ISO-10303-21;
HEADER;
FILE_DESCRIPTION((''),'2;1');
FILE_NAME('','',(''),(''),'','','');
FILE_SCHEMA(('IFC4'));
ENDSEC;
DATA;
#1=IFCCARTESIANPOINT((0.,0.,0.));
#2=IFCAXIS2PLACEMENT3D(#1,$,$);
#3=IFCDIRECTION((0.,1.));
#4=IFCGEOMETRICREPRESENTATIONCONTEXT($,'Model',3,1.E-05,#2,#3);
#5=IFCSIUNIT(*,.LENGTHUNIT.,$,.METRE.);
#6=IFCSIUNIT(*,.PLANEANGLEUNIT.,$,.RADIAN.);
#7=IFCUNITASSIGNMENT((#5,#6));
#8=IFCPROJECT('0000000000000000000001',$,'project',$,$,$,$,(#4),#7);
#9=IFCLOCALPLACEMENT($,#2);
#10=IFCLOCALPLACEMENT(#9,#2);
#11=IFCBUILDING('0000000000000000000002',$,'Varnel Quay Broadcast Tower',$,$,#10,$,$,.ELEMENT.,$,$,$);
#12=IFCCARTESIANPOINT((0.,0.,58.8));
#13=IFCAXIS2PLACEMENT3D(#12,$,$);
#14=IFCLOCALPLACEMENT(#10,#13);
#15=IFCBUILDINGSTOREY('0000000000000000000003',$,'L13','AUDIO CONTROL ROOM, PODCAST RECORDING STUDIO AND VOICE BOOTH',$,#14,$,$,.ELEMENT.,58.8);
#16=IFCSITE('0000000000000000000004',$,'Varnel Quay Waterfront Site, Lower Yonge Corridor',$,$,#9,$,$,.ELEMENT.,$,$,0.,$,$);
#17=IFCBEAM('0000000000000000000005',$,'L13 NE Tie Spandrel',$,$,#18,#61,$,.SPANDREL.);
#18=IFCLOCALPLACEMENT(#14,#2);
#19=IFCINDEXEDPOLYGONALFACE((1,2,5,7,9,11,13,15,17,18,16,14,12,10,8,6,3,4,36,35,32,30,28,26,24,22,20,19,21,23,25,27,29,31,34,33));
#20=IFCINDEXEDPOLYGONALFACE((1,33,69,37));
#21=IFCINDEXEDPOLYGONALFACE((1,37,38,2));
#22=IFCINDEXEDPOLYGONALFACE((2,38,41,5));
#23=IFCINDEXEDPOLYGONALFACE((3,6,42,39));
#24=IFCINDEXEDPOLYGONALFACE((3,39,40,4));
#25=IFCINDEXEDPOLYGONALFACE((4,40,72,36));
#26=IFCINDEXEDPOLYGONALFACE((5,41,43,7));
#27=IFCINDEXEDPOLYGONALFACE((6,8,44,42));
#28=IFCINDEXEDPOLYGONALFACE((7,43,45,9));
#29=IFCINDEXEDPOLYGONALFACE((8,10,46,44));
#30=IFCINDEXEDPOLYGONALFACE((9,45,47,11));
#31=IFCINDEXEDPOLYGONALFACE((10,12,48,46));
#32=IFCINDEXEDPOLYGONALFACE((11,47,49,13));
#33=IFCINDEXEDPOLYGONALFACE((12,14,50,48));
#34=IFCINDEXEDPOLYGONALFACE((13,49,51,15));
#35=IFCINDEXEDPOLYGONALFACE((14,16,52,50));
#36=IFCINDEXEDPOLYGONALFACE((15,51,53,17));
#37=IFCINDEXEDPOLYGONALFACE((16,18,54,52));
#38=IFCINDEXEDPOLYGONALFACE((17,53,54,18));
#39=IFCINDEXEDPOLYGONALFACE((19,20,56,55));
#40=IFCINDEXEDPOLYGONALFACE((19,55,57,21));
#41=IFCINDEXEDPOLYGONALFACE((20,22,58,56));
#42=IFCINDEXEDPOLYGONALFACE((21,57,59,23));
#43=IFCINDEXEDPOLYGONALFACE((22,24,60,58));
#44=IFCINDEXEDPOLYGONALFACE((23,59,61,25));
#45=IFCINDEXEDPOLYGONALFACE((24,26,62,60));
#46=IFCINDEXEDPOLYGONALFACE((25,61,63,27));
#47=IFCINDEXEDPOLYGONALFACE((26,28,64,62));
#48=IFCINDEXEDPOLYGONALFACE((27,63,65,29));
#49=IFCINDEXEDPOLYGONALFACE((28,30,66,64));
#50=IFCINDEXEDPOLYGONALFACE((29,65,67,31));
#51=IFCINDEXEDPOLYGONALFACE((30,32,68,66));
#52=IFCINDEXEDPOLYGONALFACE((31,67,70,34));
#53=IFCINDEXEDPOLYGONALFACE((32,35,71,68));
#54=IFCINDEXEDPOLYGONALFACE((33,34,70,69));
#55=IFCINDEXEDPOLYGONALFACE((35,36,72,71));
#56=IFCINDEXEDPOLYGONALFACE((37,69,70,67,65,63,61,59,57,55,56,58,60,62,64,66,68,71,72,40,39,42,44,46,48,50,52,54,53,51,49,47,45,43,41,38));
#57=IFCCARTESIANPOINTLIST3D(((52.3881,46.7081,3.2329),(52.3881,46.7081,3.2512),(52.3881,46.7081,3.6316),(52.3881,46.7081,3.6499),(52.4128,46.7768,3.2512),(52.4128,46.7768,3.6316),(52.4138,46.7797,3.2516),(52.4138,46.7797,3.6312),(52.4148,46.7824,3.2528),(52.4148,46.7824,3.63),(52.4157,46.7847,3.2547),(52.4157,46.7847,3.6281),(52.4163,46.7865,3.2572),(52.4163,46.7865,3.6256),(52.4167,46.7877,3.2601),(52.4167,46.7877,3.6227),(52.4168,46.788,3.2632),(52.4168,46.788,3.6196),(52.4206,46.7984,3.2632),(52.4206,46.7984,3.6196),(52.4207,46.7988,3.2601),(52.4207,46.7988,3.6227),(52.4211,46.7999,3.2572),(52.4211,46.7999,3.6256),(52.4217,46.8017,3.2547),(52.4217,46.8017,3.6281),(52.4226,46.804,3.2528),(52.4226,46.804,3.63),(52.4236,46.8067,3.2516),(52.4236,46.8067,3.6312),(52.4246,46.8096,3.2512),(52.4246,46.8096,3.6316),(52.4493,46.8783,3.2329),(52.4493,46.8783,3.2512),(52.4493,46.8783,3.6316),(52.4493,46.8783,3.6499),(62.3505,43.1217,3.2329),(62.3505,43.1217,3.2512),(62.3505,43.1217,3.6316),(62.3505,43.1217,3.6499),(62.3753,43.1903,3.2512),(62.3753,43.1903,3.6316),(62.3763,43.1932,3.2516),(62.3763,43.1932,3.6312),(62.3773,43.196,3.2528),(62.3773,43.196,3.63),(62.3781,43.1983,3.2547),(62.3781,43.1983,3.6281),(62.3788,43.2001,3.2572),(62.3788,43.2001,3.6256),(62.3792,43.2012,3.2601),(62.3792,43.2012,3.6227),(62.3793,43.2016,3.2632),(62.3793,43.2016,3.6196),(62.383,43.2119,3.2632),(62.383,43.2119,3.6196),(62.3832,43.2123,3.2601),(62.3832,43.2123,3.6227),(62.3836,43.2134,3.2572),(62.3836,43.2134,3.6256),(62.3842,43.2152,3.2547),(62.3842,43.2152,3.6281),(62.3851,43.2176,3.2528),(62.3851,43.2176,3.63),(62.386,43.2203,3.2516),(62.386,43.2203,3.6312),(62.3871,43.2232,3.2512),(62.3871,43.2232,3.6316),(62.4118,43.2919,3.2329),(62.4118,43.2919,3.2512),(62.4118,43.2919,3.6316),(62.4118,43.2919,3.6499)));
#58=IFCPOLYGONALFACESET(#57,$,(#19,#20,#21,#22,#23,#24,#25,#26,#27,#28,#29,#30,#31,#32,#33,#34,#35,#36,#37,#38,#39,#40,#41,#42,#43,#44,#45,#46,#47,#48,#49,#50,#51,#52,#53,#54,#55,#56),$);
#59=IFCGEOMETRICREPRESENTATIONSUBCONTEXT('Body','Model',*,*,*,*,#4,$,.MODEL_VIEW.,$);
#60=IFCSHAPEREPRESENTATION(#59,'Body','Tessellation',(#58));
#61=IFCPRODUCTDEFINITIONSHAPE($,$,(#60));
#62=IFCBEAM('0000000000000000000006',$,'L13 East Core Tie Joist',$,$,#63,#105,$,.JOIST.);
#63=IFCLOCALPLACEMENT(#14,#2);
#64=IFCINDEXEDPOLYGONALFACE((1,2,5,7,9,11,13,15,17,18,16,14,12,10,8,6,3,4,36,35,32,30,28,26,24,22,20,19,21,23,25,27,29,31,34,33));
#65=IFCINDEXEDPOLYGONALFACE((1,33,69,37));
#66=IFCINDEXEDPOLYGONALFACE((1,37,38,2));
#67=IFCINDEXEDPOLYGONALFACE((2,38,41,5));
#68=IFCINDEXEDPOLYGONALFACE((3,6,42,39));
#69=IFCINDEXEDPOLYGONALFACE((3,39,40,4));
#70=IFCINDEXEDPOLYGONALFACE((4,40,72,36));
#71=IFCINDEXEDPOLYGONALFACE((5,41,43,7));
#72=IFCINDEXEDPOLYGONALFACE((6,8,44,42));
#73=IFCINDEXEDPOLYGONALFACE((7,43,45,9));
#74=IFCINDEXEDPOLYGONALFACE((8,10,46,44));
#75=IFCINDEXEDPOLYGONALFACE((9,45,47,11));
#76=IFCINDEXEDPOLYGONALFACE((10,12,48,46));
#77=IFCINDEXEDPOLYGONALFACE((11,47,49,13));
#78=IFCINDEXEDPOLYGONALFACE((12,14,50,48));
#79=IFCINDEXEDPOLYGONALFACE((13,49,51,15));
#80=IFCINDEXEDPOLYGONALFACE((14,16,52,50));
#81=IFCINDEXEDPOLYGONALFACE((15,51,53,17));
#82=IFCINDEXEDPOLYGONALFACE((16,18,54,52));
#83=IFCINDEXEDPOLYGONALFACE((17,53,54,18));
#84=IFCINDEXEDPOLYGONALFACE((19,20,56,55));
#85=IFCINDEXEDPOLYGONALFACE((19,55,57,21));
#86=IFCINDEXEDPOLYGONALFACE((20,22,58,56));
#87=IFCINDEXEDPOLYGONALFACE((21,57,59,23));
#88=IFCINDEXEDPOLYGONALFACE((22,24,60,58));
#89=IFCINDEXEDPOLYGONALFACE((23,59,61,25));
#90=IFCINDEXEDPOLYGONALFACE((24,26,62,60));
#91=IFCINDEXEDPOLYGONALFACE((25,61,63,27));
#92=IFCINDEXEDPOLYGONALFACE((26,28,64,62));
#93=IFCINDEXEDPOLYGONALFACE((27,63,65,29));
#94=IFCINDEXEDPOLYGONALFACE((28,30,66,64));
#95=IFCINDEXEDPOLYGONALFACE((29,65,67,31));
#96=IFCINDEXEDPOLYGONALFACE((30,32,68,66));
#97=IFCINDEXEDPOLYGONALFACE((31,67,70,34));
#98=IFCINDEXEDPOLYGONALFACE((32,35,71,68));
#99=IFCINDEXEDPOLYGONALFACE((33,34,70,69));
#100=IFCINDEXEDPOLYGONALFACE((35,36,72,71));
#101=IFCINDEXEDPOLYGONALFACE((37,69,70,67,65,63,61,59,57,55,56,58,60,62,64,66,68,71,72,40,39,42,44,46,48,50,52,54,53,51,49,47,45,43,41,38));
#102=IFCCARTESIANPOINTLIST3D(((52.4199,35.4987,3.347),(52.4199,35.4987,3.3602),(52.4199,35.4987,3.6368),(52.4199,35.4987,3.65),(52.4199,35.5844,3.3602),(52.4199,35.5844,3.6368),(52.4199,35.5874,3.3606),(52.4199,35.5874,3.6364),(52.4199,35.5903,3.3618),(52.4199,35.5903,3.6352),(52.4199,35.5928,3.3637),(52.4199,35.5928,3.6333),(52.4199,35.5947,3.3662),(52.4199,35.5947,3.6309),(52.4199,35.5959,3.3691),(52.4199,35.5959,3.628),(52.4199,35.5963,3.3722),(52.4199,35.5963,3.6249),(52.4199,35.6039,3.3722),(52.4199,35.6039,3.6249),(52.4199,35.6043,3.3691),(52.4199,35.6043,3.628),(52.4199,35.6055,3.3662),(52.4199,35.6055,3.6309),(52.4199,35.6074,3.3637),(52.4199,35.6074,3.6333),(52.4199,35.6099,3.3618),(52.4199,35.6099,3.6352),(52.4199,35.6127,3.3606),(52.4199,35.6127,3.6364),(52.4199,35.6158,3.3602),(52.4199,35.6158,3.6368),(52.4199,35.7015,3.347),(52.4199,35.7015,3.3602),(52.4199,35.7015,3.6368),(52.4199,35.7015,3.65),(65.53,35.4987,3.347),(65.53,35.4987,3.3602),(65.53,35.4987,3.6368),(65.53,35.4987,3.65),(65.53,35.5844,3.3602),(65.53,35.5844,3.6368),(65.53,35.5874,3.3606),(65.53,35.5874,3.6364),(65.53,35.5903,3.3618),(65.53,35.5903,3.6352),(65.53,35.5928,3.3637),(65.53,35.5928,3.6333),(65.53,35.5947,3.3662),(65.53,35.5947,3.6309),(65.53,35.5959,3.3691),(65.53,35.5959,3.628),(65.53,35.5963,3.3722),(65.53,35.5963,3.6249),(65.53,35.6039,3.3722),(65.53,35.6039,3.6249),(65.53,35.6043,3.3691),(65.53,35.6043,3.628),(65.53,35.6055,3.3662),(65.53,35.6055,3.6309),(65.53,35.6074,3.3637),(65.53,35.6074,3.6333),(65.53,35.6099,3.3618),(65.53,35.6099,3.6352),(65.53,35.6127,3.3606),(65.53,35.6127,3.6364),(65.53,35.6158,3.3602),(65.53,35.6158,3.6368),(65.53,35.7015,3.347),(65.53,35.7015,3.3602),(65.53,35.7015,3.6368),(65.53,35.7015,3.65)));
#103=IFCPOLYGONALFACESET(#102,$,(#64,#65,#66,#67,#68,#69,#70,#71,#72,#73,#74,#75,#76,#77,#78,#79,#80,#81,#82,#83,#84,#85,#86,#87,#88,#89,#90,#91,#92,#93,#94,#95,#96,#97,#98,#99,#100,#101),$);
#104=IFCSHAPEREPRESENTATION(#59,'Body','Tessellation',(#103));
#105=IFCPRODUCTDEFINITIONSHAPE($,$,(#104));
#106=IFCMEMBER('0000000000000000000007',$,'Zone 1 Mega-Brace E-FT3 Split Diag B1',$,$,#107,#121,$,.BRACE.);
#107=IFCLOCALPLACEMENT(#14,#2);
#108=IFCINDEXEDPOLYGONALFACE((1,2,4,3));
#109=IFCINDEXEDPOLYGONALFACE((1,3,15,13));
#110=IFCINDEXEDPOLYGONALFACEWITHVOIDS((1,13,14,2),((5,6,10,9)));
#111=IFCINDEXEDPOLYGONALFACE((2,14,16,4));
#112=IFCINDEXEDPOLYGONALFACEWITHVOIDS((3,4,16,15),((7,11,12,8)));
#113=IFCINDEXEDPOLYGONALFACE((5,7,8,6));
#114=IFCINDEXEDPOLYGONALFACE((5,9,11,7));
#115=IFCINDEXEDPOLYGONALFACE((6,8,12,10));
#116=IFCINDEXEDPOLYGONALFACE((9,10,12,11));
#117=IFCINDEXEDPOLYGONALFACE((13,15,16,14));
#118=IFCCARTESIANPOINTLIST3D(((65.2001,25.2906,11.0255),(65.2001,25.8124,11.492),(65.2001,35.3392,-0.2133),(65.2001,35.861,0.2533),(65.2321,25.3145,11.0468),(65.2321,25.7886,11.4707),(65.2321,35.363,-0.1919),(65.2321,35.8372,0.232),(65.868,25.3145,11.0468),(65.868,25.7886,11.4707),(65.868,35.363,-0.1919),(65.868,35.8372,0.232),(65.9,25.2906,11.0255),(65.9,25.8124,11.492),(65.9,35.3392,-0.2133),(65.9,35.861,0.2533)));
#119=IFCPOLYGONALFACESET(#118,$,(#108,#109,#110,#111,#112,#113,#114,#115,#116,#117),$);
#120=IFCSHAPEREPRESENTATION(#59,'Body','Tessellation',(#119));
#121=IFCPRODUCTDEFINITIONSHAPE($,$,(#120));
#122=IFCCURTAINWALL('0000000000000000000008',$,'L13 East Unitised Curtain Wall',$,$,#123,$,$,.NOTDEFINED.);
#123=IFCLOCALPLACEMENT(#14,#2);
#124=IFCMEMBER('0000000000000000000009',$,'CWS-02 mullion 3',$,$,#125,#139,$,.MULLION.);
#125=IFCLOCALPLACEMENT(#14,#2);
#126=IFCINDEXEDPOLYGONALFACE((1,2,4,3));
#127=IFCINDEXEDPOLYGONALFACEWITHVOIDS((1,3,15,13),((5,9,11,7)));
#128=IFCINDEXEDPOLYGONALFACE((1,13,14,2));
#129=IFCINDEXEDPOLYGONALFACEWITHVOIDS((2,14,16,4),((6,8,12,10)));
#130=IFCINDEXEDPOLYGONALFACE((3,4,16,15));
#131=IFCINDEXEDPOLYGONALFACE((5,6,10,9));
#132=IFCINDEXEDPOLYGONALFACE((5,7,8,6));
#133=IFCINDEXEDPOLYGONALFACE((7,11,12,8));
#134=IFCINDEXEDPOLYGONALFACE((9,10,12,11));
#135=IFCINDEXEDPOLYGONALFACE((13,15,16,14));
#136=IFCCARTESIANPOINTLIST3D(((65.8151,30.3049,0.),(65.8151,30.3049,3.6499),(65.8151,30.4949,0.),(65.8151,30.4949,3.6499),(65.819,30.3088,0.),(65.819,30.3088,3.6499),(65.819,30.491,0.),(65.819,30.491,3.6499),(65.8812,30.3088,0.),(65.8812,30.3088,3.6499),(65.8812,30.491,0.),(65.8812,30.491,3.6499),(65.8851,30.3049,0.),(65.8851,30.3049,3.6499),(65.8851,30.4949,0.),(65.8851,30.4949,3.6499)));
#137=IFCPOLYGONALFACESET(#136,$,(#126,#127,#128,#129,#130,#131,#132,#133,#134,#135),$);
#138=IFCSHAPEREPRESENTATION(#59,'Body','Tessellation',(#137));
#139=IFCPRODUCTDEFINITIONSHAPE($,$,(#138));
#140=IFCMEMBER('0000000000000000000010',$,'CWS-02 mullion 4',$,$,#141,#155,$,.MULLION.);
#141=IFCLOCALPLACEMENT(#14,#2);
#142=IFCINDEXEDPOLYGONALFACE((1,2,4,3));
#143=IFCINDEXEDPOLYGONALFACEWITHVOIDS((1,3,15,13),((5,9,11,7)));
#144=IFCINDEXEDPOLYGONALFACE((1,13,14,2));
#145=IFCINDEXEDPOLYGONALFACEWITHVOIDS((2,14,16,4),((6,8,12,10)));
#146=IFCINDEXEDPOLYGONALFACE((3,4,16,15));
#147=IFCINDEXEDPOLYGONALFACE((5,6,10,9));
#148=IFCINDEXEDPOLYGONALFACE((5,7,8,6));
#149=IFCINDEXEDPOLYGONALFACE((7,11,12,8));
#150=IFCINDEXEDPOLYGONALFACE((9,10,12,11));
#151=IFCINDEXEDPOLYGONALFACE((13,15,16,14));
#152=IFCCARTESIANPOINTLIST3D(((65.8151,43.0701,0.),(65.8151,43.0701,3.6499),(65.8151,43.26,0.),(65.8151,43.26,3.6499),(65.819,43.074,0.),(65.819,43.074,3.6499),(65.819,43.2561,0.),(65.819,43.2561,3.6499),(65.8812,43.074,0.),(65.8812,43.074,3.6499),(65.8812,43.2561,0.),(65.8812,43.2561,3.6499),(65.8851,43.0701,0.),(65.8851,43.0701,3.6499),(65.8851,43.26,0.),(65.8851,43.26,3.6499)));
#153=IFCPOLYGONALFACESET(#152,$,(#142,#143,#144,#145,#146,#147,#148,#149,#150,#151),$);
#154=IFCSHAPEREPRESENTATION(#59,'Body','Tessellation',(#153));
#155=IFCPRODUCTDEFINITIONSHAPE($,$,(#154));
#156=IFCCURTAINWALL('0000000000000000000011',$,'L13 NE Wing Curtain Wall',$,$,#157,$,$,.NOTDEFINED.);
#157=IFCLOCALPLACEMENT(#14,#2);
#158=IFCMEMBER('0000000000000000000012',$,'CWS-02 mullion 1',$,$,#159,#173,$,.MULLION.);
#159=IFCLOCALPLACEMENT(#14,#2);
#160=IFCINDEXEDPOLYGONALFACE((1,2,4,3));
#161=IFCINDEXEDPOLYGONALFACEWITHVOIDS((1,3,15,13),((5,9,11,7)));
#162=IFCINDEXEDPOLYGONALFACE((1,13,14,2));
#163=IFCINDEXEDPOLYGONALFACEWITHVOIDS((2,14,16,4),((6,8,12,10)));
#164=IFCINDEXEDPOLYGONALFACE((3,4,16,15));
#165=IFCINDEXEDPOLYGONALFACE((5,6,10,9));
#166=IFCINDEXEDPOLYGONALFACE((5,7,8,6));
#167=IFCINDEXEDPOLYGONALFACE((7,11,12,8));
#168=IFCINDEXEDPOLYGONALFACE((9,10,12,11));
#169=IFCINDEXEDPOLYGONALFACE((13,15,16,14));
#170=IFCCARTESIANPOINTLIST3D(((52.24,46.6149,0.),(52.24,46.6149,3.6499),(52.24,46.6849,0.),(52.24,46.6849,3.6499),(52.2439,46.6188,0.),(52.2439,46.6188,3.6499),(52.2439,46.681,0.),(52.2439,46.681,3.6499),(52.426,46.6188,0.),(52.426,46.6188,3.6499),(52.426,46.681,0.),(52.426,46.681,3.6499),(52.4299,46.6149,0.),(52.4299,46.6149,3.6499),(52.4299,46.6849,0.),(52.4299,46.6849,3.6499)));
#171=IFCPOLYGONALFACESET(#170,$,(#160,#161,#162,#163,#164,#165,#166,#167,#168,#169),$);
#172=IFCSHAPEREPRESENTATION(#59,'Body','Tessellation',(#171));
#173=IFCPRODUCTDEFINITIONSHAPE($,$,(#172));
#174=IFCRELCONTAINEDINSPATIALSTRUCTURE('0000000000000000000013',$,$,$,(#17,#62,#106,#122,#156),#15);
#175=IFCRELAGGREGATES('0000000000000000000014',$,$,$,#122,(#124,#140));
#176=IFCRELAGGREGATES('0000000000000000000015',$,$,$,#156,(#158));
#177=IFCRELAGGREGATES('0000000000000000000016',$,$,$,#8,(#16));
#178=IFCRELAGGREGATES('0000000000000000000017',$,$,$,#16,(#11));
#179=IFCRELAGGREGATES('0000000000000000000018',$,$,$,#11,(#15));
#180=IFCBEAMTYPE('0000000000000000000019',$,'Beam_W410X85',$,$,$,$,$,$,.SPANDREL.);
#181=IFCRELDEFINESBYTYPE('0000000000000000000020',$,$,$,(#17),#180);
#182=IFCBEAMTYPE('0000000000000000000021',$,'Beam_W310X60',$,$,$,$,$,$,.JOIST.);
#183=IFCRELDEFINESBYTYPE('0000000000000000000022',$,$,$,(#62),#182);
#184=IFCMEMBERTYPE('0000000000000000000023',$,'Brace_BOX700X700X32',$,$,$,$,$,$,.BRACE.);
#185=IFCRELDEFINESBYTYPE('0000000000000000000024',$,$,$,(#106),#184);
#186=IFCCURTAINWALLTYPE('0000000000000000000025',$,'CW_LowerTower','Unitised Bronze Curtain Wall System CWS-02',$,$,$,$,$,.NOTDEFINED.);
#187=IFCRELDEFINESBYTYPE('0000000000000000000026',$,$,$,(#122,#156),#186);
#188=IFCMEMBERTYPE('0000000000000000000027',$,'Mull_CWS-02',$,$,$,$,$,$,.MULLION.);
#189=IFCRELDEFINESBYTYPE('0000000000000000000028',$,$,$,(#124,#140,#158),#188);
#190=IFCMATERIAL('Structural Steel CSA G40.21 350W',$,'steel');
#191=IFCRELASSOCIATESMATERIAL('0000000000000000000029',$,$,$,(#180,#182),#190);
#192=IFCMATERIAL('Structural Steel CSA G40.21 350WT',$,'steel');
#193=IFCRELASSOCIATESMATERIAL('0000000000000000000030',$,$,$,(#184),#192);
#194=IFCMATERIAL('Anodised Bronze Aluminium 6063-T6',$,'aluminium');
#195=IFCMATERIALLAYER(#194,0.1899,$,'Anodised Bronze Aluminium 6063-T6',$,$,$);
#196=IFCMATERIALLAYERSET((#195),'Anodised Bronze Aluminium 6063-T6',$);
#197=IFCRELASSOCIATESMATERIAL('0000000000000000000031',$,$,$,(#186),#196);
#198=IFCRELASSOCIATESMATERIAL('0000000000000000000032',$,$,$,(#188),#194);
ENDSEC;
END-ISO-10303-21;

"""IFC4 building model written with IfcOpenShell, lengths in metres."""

from ifc_helpers import new_model, si_unit, direction, frame, origin, origin_2d, place, context, subcontext, project, spatial, hollow_rectangle, i_section, extrude, source, transform, mapped, material, layer, layer_set, material_profile, profile_set, type_object, type_shapes, element, aggregate, save


model = new_model("IFC4")

# Units and contexts
model_context = context("Model", 3, precision=1e-05, world=origin(), true_north=direction((0.0, 1.0)))
body_context = subcontext(model_context, "Body", "Model", "MODEL_VIEW")
ifc_project = project(units=[si_unit("LENGTHUNIT", "METRE"), si_unit("PLANEANGLEUNIT", "RADIAN")], contexts=[model_context])

# Site, building, storey
site_placement = place(None, origin())
site = spatial("IfcSite", under=ifc_project, at=site_placement, Name="Varnel Quay Waterfront Site, Lower Yonge Corridor", CompositionType="ELEMENT", RefElevation=0.0)
building_placement = place(site_placement, origin())
building = spatial("IfcBuilding", under=site, at=building_placement, Name="Varnel Quay Broadcast Tower", CompositionType="ELEMENT")
storey_placement = place(building_placement, frame((0.0, 0.0, 58.8)))
storey = spatial("IfcBuildingStorey", under=building, at=storey_placement, Name="L13", Description="AUDIO CONTROL ROOM, PODCAST RECORDING STUDIO AND VOICE BOOTH", CompositionType="ELEMENT", Elevation=58.8)

# Shared definitions
ifc_material_1 = material(Name="Structural Steel CSA G40.21 350WT", Category="steel")
ifc_material_2 = material(Name="Structural Steel CSA G40.21 350W", Category="steel")

# Beams
ifc_material_profile_1 = material_profile(ifc_material_2, i_section(OverallWidth=0.1809, OverallDepth=0.417, WebThickness=0.011, FlangeThickness=0.0183, FilletRadius=0.012, at=origin_2d()), Name="W410X85")
ifc_profile_set_1 = profile_set([ifc_material_profile_1], Name="Structural Steel CSA G40.21 350W")
beam_type_1 = type_object("IfcBeamType", Name="Beam_W410X85", PredefinedType="SPANDREL", material=ifc_profile_set_1)
shared_shape_1 = source(origin(), body_context, "Body", "SweptSolid", [
    extrude(i_section(OverallWidth=0.1809, OverallDepth=0.417, WebThickness=0.011, FlangeThickness=0.0183, FilletRadius=0.012, at=origin_2d()), origin(), (0.0, 0.0, 1.0), 10.5884),
])
beam_1_placement = place(storey_placement, frame((52.4187, 46.7932, 3.4414), z_axis=(0.940889, -0.338716, 0.0), x_axis=(0.338716, 0.940889, 0.0)))
element("IfcBeam", 1, at=beam_1_placement, inside=storey, type_object=beam_type_1, Name="L13 NE Tie Spandrel", PredefinedType="SPANDREL", context=body_context, shape_type="MappedRepresentation", body=[
    mapped(shared_shape_1, transform((0.0, 0.0, 0.0), x_axis=(1.0, 0.0, 0.0), y_axis=(0.0, 1.0, 0.0), z_axis=(0.0, 0.0, 1.0), scale=1.0)),
])
ifc_material_profile_2 = material_profile(ifc_material_2, i_section(OverallWidth=0.2029, OverallDepth=0.303, WebThickness=0.0076, FlangeThickness=0.0132, FilletRadius=0.012, at=origin_2d()), Name="W310X60")
ifc_profile_set_2 = profile_set([ifc_material_profile_2], Name="Structural Steel CSA G40.21 350W")
beam_type_2 = type_object("IfcBeamType", Name="Beam_W310X60", PredefinedType="JOIST", material=ifc_profile_set_2)
shared_shape_2 = source(origin(), body_context, "Body", "SweptSolid", [
    extrude(i_section(OverallWidth=0.2029, OverallDepth=0.303, WebThickness=0.0076, FlangeThickness=0.0132, FilletRadius=0.012, at=origin_2d()), origin(), (0.0, 0.0, 1.0), 13.1101),
])
type_shapes(beam_type_2, [shared_shape_2])
beam_2_placement = place(storey_placement, frame((52.4199, 35.6001, 3.4985), z_axis=(1.0, 0.0, 0.0), x_axis=(0.0, 1.0, 0.0)))
element("IfcBeam", 2, at=beam_2_placement, inside=storey, type_object=beam_type_2, Name="L13 East Core Tie Joist", PredefinedType="JOIST", context=body_context, shape_type="MappedRepresentation", body=[
    mapped(shared_shape_2, transform((0.0, 0.0, 0.0), x_axis=(1.0, 0.0, 0.0), y_axis=(0.0, 1.0, 0.0), z_axis=(0.0, 0.0, 1.0), scale=1.0)),
])

# Member
ifc_material_profile_3 = material_profile(ifc_material_1, hollow_rectangle(XDim=0.7, YDim=0.7, WallThickness=0.032, at=origin_2d()), Name="BOX700X700X32")
ifc_profile_set_3 = profile_set([ifc_material_profile_3], Name="Structural Steel CSA G40.21 350WT")
member_type_1 = type_object("IfcMemberType", Name="Brace_BOX700X700X32", PredefinedType="BRACE", material=ifc_profile_set_3)
shared_shape_3 = source(origin(), body_context, "Body", "SweptSolid", [
    extrude(hollow_rectangle(XDim=0.7, YDim=0.7, WallThickness=0.032, at=origin_2d()), origin(), (0.0, 0.0, 1.0), 15.0759),
])
type_shapes(member_type_1, [shared_shape_3])
member_1_placement = place(storey_placement, frame((65.55, 35.6001, 0.02), z_axis=(0.0, -0.666531, 0.745477), x_axis=(1.0, 0.0, 0.0)))
element("IfcMember", 3, at=member_1_placement, inside=storey, type_object=member_type_1, Name="Zone 1 Mega-Brace E-FT3 Split Diag B1", PredefinedType="BRACE", context=body_context, shape_type="MappedRepresentation", body=[
    mapped(shared_shape_3, transform((0.0, 0.0, 0.0), x_axis=(1.0, 0.0, 0.0), y_axis=(0.0, 1.0, 0.0), z_axis=(0.0, 0.0, 1.0), scale=1.0)),
])

# Curtain walls, members
ifc_material_3 = material(Name="Anodised Bronze Aluminium 6063-T6", Category="aluminium")
ifc_layer_1 = layer(ifc_material_3, 0.1899, Name="Anodised Bronze Aluminium 6063-T6")
ifc_layer_set_1 = layer_set([ifc_layer_1], Name="Anodised Bronze Aluminium 6063-T6")
curtain_wall_type = type_object("IfcCurtainWallType", Name="CW_LowerTower", Description="Unitised Bronze Curtain Wall System CWS-02", PredefinedType="NOTDEFINED", material=ifc_layer_set_1)
curtain_wall_1_placement = place(storey_placement, origin())
curtain_wall_1 = element("IfcCurtainWall", 4, at=curtain_wall_1_placement, inside=storey, type_object=curtain_wall_type, Name="L13 East Unitised Curtain Wall", PredefinedType="NOTDEFINED")
ifc_material_profile_4 = material_profile(ifc_material_3, hollow_rectangle(XDim=0.0701, YDim=0.1899, WallThickness=0.0039, at=origin_2d()), Name="ALU70X190X4")
ifc_profile_set_4 = profile_set([ifc_material_profile_4], Name="Anodised Bronze Aluminium 6063-T6")
member_type_2 = type_object("IfcMemberType", Name="Mull_CWS-02", PredefinedType="MULLION", material=ifc_profile_set_4)
shared_shape_4 = source(origin(), body_context, "Body", "SweptSolid", [
    extrude(hollow_rectangle(XDim=0.0701, YDim=0.1899, WallThickness=0.0039, at=origin_2d()), origin(), (0.0, 0.0, 1.0), 3.6499),
])
type_shapes(member_type_2, [shared_shape_4])
member_2_placement = place(storey_placement, frame((65.8501, 30.3999, 0.0), z_axis=(0.0, 0.0, 1.0), x_axis=(-1.0, 0.0, 0.0)))
member_2 = element("IfcMember", 5, at=member_2_placement, type_object=member_type_2, Name="CWS-02 mullion 3", PredefinedType="MULLION", context=body_context, shape_type="MappedRepresentation", body=[
    mapped(shared_shape_4, transform((0.0, 0.0, 0.0), x_axis=(1.0, 0.0, 0.0), y_axis=(0.0, 1.0, 0.0), z_axis=(0.0, 0.0, 1.0), scale=1.0)),
])
member_3_placement = place(storey_placement, frame((65.8501, 43.165, 0.0), z_axis=(0.0, 0.0, 1.0), x_axis=(-1.0, 0.0, 0.0)))
member_3 = element("IfcMember", 6, at=member_3_placement, type_object=member_type_2, Name="CWS-02 mullion 4", PredefinedType="MULLION", context=body_context, shape_type="MappedRepresentation", body=[
    mapped(shared_shape_4, transform((0.0, 0.0, 0.0), x_axis=(1.0, 0.0, 0.0), y_axis=(0.0, 1.0, 0.0), z_axis=(0.0, 0.0, 1.0), scale=1.0)),
])
curtain_wall_2_placement = place(storey_placement, origin())
curtain_wall_2 = element("IfcCurtainWall", 7, at=curtain_wall_2_placement, inside=storey, type_object=curtain_wall_type, Name="L13 NE Wing Curtain Wall", PredefinedType="NOTDEFINED")
member_4_placement = place(storey_placement, frame((52.335, 46.6499, 0.0), z_axis=(0.0, 0.0, 1.0), x_axis=(0.0, 1.0, 0.0)))
member_4 = element("IfcMember", 8, at=member_4_placement, type_object=member_type_2, Name="CWS-02 mullion 1", PredefinedType="MULLION", context=body_context, shape_type="MappedRepresentation", body=[
    mapped(shared_shape_4, transform((0.0, 0.0, 0.0), x_axis=(1.0, 0.0, 0.0), y_axis=(0.0, 1.0, 0.0), z_axis=(0.0, 0.0, 1.0), scale=1.0)),
])

aggregate(curtain_wall_1, [member_2, member_3])
aggregate(curtain_wall_2, [member_4])

save(model, "model.ifc")
